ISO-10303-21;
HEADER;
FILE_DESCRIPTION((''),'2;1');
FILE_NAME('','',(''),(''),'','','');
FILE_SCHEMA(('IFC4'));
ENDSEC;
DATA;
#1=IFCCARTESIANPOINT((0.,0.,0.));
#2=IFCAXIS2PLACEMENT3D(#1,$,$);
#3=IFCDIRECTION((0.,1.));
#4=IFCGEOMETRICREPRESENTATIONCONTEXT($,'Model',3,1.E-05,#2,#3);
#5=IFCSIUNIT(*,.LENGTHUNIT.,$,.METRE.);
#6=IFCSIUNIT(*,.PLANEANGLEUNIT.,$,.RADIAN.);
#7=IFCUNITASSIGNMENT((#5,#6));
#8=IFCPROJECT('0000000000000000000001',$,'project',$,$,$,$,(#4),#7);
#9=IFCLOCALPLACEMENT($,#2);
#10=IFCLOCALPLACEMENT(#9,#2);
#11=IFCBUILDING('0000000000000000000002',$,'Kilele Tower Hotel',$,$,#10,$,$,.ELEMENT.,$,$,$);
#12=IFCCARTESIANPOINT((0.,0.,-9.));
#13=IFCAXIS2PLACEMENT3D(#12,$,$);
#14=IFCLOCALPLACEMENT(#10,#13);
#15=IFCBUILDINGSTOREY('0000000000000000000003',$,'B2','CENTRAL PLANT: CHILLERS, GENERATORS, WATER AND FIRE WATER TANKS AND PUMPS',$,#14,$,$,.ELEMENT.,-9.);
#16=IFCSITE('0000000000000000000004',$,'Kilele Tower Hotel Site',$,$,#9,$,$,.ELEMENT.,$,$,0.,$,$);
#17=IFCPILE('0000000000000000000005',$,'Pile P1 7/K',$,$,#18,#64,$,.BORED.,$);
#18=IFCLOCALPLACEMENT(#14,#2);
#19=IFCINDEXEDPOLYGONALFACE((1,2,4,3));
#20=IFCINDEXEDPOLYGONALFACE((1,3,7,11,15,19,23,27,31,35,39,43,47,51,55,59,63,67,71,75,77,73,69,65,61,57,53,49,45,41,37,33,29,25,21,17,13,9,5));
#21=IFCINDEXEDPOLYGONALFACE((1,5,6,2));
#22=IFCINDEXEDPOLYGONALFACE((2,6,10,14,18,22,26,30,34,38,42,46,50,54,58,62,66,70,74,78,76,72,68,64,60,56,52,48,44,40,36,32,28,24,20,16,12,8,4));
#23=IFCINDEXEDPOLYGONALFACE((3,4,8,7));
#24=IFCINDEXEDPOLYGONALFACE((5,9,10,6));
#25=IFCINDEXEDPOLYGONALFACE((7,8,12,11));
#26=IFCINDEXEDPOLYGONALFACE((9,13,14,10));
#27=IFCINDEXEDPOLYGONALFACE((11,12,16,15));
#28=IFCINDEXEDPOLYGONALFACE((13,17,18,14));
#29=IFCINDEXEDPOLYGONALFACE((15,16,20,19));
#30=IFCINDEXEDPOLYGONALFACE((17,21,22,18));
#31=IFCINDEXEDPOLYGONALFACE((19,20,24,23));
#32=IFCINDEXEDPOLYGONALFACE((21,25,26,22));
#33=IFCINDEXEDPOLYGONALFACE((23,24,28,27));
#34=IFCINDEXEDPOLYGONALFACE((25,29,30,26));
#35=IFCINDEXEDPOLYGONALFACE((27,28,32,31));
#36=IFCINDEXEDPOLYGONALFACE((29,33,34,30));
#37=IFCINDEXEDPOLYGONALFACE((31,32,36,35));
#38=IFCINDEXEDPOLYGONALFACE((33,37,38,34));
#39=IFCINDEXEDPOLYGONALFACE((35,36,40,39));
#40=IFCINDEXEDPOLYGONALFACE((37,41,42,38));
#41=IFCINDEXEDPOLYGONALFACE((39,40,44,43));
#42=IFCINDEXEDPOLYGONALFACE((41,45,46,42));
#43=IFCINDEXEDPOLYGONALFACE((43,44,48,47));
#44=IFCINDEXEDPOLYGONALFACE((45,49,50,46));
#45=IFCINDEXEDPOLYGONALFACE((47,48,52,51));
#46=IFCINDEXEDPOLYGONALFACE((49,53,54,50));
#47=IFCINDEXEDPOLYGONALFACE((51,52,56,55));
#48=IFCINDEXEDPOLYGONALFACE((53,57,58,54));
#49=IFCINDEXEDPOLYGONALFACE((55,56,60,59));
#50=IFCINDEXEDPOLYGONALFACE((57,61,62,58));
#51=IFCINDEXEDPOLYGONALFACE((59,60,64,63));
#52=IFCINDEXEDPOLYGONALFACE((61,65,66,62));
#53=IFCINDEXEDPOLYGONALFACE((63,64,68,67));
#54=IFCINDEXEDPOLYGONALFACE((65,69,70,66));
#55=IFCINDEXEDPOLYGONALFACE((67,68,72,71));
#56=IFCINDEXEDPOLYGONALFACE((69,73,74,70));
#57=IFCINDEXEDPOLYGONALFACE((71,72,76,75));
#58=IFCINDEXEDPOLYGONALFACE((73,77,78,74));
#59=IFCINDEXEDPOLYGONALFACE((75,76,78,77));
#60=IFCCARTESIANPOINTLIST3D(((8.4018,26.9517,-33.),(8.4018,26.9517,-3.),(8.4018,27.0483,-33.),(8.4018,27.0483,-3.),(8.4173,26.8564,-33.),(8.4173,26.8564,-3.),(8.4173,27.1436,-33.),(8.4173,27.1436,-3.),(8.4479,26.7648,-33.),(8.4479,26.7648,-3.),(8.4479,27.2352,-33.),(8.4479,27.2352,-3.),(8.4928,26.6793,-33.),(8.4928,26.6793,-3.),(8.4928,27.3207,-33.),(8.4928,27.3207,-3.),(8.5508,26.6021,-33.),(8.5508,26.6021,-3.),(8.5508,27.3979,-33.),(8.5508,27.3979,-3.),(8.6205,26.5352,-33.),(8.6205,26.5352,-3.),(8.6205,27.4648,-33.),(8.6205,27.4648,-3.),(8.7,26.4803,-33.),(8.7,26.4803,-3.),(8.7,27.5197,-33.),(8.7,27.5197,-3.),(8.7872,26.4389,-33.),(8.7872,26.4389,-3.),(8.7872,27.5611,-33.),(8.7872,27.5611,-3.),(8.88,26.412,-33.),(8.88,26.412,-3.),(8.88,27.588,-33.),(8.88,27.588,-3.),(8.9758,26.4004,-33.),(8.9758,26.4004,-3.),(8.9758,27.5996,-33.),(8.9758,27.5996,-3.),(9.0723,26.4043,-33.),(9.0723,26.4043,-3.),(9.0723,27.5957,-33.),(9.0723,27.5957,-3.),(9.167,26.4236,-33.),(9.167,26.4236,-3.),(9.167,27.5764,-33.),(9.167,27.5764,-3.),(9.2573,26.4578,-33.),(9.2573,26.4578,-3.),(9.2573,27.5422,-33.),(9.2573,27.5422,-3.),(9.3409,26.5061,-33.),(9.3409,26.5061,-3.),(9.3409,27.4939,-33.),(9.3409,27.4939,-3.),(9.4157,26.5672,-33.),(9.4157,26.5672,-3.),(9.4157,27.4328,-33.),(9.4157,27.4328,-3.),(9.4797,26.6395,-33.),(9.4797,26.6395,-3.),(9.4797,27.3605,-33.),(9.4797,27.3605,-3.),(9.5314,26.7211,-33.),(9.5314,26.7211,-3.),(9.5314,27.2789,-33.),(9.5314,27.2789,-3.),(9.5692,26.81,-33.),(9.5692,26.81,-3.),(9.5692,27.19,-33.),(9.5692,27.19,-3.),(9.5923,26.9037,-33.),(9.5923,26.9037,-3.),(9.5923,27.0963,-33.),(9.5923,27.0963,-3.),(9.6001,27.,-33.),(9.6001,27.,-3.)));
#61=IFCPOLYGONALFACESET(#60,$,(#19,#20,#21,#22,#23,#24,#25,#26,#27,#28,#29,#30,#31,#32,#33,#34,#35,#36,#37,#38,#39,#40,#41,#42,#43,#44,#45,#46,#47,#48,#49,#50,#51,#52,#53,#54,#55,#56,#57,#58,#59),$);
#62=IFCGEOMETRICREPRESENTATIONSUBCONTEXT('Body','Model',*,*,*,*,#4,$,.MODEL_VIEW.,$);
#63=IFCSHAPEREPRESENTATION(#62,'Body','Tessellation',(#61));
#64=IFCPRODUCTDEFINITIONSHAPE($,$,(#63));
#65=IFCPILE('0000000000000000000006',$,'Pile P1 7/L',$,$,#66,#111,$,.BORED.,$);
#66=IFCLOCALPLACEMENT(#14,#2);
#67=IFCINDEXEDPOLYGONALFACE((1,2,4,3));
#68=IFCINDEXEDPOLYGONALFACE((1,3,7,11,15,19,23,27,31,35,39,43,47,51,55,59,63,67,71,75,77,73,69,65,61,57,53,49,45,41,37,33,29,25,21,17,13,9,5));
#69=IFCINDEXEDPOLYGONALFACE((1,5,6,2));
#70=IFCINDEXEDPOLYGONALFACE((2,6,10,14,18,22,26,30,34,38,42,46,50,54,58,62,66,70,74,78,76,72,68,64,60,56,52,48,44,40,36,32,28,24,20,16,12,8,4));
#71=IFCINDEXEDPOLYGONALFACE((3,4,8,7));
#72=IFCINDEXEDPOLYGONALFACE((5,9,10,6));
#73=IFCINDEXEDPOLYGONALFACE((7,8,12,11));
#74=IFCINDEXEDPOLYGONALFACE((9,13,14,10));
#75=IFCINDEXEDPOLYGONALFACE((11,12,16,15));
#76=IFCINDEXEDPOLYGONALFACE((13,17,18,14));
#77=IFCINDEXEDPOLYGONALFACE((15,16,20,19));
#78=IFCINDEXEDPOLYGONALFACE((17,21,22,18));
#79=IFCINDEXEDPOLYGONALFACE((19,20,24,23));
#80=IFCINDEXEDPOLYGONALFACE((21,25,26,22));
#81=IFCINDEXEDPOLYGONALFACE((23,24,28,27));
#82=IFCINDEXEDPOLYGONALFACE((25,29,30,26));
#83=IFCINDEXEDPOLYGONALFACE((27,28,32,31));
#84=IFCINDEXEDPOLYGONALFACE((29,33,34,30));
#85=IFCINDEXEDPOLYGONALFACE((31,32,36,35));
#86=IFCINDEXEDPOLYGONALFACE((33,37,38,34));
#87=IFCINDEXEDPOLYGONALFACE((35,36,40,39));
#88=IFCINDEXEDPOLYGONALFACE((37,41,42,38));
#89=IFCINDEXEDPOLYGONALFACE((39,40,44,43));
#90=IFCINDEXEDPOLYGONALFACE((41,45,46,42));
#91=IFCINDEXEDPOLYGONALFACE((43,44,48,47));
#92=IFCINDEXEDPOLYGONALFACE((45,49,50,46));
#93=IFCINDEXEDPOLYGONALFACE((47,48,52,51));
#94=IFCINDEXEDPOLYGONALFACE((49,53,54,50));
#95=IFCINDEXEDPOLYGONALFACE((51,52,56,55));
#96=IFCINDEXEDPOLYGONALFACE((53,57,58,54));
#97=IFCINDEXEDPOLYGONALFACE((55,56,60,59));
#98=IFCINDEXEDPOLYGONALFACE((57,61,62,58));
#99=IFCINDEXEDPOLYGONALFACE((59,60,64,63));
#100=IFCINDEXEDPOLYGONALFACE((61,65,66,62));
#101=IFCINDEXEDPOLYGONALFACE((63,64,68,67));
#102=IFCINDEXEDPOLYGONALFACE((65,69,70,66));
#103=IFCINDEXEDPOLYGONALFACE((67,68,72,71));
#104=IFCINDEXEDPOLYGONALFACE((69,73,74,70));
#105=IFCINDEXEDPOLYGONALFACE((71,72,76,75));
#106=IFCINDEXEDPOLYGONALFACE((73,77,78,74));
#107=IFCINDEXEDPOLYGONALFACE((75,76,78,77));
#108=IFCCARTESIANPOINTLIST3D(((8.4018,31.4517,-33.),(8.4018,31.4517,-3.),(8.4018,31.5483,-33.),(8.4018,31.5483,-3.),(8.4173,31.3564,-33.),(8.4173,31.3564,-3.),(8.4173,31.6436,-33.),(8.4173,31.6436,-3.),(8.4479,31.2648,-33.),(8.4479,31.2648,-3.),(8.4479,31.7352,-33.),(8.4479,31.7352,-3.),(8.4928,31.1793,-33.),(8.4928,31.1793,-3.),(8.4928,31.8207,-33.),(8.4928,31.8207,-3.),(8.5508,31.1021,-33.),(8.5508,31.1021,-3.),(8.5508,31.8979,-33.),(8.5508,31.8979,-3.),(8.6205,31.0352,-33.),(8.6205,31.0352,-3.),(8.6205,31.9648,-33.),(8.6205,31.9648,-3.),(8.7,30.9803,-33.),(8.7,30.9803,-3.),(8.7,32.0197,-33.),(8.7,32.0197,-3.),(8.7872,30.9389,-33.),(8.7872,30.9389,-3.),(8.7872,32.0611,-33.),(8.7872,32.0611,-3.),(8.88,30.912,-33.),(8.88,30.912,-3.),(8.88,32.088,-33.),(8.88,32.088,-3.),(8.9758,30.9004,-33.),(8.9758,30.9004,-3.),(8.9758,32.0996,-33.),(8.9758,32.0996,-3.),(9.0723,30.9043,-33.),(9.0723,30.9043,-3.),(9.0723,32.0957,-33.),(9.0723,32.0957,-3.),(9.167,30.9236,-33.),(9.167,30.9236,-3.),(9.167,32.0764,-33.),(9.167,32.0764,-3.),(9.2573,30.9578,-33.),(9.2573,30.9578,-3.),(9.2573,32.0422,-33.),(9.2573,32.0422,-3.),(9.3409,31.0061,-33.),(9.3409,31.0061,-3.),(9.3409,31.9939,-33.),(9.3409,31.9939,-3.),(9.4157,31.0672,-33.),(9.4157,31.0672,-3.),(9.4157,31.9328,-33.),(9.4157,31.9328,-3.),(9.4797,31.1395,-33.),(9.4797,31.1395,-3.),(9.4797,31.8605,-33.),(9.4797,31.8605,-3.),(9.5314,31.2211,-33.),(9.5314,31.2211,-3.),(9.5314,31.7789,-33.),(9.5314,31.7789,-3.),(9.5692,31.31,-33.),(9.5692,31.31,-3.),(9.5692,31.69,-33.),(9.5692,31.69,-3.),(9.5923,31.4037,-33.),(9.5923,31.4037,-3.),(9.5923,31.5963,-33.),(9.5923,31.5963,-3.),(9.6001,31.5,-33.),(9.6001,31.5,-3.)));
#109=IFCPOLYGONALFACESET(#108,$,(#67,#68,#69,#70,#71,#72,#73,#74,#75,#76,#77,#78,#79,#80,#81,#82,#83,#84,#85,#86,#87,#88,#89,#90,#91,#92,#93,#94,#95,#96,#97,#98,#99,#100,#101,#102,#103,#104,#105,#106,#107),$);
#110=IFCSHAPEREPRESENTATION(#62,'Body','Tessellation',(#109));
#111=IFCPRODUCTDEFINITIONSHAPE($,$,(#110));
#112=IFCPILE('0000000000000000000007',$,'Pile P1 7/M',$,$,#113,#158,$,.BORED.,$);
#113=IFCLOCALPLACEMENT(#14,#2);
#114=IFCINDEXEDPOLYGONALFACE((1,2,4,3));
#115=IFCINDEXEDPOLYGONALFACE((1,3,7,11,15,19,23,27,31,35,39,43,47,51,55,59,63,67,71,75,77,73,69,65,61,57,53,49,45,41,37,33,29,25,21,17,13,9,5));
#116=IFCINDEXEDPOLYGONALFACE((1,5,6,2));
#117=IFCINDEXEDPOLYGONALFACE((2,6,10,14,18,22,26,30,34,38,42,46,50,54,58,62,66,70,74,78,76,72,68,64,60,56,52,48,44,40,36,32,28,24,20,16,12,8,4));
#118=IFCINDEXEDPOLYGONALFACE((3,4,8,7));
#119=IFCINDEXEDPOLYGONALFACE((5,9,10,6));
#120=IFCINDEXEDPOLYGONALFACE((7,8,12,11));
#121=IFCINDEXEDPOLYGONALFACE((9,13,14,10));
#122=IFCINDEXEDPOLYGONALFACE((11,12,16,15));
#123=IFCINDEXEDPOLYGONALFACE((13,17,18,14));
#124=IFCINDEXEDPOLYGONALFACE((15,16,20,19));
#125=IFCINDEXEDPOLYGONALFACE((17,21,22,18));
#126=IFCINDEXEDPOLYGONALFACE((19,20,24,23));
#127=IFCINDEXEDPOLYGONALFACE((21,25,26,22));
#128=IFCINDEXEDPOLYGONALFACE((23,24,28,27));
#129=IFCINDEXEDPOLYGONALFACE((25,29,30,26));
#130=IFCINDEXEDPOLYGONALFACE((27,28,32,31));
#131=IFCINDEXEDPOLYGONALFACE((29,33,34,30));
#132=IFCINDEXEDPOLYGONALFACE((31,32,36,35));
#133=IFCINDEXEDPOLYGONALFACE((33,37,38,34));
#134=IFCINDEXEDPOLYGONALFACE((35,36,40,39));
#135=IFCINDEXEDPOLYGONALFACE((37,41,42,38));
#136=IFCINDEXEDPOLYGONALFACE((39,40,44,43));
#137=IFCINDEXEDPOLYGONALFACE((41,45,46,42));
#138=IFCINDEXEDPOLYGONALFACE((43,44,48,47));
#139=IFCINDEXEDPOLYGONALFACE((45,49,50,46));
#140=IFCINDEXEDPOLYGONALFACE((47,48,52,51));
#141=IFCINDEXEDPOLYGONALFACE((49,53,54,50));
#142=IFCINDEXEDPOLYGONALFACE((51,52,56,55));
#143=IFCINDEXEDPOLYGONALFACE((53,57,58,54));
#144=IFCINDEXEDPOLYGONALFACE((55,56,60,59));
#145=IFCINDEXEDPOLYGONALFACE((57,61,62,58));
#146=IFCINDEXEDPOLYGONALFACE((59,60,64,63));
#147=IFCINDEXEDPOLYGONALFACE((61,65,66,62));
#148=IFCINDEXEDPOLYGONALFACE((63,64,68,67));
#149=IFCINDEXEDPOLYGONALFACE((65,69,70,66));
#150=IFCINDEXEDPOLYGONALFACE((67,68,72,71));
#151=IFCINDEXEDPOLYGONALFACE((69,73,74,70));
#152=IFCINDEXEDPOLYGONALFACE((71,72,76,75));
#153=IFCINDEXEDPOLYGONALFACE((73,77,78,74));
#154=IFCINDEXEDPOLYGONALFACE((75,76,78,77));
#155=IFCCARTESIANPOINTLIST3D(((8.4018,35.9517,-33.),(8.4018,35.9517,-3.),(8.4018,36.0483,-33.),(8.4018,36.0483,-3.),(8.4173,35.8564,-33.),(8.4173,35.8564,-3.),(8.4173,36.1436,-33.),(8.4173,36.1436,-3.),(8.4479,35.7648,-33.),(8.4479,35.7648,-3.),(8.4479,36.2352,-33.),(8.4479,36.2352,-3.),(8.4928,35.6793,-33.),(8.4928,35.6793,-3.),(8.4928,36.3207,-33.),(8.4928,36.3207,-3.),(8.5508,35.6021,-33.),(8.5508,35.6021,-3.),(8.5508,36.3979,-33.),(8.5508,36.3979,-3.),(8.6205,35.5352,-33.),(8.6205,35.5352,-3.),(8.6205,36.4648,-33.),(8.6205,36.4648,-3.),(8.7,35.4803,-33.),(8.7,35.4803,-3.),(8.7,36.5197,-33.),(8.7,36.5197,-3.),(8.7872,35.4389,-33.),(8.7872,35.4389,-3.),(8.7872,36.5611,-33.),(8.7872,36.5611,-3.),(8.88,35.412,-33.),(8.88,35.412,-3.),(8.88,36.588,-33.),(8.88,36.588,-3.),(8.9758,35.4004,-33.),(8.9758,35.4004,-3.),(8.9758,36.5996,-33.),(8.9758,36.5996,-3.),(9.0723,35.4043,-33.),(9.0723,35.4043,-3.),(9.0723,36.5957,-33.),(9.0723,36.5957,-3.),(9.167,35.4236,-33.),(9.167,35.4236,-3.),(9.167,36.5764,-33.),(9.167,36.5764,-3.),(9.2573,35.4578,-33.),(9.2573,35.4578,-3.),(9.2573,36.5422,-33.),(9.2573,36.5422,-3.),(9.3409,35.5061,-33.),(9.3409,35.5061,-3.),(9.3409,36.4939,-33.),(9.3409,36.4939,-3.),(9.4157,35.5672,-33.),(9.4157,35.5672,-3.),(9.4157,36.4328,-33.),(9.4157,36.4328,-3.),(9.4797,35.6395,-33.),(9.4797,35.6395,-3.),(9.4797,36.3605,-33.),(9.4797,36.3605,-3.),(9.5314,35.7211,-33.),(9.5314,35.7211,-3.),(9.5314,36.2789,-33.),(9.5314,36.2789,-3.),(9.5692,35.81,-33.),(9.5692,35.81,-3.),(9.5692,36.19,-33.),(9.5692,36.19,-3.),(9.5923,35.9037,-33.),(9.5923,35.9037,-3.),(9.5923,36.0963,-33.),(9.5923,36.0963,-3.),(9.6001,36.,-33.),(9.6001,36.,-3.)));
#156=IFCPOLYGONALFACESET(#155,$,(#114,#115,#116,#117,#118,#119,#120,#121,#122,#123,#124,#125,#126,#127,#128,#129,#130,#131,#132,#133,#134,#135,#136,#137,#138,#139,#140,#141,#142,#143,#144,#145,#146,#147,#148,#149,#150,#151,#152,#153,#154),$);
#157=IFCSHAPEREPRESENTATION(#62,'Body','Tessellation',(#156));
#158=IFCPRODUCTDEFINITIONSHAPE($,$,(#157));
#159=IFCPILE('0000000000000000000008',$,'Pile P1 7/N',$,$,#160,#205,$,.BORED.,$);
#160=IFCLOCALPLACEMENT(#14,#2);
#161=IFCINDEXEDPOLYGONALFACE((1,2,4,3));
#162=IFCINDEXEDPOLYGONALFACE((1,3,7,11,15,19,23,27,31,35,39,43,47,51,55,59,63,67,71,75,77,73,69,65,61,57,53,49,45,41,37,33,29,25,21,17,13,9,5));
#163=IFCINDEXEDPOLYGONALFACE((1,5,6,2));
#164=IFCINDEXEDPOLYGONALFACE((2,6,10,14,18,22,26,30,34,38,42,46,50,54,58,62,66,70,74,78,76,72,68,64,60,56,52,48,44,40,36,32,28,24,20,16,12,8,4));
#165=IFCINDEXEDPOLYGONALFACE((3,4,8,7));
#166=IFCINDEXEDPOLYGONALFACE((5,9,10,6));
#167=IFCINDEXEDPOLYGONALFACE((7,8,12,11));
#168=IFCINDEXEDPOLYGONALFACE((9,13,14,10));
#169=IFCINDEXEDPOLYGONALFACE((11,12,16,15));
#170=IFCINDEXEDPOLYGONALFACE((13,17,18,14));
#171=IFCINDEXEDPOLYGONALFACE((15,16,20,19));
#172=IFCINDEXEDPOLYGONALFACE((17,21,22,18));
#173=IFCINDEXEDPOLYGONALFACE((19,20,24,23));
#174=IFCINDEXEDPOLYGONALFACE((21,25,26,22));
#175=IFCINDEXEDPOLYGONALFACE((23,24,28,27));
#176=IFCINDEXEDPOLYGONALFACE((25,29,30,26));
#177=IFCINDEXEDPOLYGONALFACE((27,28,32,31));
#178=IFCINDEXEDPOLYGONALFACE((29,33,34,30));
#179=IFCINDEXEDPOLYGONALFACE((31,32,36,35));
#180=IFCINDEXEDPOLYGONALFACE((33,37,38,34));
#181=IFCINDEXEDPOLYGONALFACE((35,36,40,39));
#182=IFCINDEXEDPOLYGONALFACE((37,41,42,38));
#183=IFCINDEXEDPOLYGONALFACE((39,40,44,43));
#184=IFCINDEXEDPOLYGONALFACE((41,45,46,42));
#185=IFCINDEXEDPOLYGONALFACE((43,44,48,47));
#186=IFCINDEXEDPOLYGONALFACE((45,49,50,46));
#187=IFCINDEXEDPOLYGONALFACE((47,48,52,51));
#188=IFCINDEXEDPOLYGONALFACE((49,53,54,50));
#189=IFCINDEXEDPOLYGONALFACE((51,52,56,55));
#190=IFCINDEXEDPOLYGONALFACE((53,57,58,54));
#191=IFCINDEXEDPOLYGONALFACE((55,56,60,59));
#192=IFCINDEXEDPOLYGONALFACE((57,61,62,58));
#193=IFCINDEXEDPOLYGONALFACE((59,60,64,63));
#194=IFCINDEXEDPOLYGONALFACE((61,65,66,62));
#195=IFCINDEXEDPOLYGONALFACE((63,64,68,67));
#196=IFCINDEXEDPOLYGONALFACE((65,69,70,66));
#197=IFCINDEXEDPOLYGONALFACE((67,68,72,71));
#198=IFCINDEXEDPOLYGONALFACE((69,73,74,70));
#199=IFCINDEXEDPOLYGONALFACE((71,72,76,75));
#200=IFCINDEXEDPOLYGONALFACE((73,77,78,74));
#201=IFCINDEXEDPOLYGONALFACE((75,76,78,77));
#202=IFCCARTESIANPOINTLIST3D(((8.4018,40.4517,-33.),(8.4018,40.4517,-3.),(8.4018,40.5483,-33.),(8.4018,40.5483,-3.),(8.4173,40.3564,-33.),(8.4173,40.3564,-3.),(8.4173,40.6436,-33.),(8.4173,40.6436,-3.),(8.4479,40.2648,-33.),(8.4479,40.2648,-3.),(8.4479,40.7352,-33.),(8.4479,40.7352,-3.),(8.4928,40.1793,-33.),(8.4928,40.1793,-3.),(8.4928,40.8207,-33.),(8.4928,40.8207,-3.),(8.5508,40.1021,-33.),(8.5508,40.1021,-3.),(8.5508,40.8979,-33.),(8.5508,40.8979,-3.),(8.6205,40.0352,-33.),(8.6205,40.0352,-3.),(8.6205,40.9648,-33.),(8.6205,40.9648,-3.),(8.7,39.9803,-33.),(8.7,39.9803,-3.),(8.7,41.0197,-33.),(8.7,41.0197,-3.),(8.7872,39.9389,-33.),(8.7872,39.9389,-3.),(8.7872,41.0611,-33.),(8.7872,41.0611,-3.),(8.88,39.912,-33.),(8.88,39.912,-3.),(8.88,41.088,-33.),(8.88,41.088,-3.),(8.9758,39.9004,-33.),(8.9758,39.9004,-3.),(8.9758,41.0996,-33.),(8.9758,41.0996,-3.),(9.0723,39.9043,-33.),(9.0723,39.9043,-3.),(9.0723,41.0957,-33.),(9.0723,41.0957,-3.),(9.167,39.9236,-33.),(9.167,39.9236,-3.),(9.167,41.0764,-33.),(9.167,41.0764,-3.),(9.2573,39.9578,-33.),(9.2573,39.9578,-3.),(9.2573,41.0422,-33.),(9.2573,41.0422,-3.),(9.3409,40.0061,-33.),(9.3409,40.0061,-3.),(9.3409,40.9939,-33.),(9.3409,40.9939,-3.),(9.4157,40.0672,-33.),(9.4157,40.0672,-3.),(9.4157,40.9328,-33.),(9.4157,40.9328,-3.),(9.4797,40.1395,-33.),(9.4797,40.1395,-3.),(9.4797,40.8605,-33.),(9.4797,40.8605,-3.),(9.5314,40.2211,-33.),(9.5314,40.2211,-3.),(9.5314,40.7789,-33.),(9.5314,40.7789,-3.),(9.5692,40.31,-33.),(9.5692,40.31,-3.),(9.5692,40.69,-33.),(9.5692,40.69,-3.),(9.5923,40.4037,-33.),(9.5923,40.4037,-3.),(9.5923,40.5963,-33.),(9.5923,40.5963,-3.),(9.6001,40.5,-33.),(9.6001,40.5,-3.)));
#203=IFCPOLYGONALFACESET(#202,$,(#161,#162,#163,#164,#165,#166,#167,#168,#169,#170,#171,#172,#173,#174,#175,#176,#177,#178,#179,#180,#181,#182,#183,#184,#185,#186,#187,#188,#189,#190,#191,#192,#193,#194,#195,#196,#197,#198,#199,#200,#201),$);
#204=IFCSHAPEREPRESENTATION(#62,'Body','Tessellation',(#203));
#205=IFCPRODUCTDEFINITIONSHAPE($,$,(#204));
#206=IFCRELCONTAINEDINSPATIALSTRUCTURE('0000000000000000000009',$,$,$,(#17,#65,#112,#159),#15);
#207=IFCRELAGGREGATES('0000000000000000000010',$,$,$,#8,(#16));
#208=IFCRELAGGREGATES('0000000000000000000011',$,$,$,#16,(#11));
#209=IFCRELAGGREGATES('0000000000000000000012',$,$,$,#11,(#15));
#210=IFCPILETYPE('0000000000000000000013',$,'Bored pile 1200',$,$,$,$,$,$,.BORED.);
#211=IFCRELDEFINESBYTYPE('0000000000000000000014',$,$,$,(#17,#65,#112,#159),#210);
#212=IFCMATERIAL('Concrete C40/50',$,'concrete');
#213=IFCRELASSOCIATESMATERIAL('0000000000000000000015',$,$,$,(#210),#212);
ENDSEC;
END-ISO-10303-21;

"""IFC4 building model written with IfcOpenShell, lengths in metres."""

from ifc_helpers import new_model, si_unit, direction, frame, origin, origin_2d, place, context, subcontext, project, spatial, circle, extrude, material, material_profile, profile_set, type_object, element, save


model = new_model("IFC4")

# Units and contexts
model_context = context("Model", 3, precision=1e-05, world=origin(), true_north=direction((0.0, 1.0)))
body_context = subcontext(model_context, "Body", "Model", "MODEL_VIEW")
ifc_project = project(units=[si_unit("LENGTHUNIT", "METRE"), si_unit("PLANEANGLEUNIT", "RADIAN")], contexts=[model_context])

# Site, building, storey
site_placement = place(None, origin())
site = spatial("IfcSite", under=ifc_project, at=site_placement, Name="Kilele Tower Hotel Site", CompositionType="ELEMENT", RefElevation=0.0)
building_placement = place(site_placement, origin())
building = spatial("IfcBuilding", under=site, at=building_placement, Name="Kilele Tower Hotel", CompositionType="ELEMENT")
storey_placement = place(building_placement, frame((0.0, 0.0, -9.0)))
storey = spatial("IfcBuildingStorey", under=building, at=storey_placement, Name="B2", Description="CENTRAL PLANT: CHILLERS, GENERATORS, WATER AND FIRE WATER TANKS AND PUMPS", CompositionType="ELEMENT", Elevation=-9.0)

# Piles
ifc_material_1 = material(Name="Concrete C40/50", Category="concrete")
ifc_material_profile_1 = material_profile(ifc_material_1, circle(Radius=0.6001, at=origin_2d()))
ifc_profile_set_1 = profile_set([ifc_material_profile_1], Name="Concrete C40/50")
pile_type = type_object("IfcPileType", Name="Bored pile 1200", PredefinedType="BORED", material=ifc_profile_set_1)
for number, where, z_axis, x_axis, name in (
    (1, (9.0, 27.0, -3.0), (0.0, 0.0, -1.0), (1.0, 0.0, 0.0), "Pile P1 7/K"),
    (2, (9.0, 31.5, -3.0), (0.0, 0.0, -1.0), (1.0, 0.0, 0.0), "Pile P1 7/L"),
    (3, (9.0, 36.0, -3.0), (0.0, 0.0, -1.0), (1.0, 0.0, 0.0), "Pile P1 7/M"),
    (4, (9.0, 40.5, -3.0), (0.0, 0.0, -1.0), (1.0, 0.0, 0.0), "Pile P1 7/N"),
):
    element("IfcPile", number, at=place(storey_placement, frame(where, z_axis=z_axis, x_axis=x_axis)), inside=storey, type_object=pile_type, Name=name, PredefinedType="BORED", context=body_context, shape_type="SweptSolid", body=[
        extrude(circle(Radius=0.6001, at=origin_2d()), origin(), (0.0, 0.0, 1.0), 30.0),
    ])

save(model, "model.ifc")
